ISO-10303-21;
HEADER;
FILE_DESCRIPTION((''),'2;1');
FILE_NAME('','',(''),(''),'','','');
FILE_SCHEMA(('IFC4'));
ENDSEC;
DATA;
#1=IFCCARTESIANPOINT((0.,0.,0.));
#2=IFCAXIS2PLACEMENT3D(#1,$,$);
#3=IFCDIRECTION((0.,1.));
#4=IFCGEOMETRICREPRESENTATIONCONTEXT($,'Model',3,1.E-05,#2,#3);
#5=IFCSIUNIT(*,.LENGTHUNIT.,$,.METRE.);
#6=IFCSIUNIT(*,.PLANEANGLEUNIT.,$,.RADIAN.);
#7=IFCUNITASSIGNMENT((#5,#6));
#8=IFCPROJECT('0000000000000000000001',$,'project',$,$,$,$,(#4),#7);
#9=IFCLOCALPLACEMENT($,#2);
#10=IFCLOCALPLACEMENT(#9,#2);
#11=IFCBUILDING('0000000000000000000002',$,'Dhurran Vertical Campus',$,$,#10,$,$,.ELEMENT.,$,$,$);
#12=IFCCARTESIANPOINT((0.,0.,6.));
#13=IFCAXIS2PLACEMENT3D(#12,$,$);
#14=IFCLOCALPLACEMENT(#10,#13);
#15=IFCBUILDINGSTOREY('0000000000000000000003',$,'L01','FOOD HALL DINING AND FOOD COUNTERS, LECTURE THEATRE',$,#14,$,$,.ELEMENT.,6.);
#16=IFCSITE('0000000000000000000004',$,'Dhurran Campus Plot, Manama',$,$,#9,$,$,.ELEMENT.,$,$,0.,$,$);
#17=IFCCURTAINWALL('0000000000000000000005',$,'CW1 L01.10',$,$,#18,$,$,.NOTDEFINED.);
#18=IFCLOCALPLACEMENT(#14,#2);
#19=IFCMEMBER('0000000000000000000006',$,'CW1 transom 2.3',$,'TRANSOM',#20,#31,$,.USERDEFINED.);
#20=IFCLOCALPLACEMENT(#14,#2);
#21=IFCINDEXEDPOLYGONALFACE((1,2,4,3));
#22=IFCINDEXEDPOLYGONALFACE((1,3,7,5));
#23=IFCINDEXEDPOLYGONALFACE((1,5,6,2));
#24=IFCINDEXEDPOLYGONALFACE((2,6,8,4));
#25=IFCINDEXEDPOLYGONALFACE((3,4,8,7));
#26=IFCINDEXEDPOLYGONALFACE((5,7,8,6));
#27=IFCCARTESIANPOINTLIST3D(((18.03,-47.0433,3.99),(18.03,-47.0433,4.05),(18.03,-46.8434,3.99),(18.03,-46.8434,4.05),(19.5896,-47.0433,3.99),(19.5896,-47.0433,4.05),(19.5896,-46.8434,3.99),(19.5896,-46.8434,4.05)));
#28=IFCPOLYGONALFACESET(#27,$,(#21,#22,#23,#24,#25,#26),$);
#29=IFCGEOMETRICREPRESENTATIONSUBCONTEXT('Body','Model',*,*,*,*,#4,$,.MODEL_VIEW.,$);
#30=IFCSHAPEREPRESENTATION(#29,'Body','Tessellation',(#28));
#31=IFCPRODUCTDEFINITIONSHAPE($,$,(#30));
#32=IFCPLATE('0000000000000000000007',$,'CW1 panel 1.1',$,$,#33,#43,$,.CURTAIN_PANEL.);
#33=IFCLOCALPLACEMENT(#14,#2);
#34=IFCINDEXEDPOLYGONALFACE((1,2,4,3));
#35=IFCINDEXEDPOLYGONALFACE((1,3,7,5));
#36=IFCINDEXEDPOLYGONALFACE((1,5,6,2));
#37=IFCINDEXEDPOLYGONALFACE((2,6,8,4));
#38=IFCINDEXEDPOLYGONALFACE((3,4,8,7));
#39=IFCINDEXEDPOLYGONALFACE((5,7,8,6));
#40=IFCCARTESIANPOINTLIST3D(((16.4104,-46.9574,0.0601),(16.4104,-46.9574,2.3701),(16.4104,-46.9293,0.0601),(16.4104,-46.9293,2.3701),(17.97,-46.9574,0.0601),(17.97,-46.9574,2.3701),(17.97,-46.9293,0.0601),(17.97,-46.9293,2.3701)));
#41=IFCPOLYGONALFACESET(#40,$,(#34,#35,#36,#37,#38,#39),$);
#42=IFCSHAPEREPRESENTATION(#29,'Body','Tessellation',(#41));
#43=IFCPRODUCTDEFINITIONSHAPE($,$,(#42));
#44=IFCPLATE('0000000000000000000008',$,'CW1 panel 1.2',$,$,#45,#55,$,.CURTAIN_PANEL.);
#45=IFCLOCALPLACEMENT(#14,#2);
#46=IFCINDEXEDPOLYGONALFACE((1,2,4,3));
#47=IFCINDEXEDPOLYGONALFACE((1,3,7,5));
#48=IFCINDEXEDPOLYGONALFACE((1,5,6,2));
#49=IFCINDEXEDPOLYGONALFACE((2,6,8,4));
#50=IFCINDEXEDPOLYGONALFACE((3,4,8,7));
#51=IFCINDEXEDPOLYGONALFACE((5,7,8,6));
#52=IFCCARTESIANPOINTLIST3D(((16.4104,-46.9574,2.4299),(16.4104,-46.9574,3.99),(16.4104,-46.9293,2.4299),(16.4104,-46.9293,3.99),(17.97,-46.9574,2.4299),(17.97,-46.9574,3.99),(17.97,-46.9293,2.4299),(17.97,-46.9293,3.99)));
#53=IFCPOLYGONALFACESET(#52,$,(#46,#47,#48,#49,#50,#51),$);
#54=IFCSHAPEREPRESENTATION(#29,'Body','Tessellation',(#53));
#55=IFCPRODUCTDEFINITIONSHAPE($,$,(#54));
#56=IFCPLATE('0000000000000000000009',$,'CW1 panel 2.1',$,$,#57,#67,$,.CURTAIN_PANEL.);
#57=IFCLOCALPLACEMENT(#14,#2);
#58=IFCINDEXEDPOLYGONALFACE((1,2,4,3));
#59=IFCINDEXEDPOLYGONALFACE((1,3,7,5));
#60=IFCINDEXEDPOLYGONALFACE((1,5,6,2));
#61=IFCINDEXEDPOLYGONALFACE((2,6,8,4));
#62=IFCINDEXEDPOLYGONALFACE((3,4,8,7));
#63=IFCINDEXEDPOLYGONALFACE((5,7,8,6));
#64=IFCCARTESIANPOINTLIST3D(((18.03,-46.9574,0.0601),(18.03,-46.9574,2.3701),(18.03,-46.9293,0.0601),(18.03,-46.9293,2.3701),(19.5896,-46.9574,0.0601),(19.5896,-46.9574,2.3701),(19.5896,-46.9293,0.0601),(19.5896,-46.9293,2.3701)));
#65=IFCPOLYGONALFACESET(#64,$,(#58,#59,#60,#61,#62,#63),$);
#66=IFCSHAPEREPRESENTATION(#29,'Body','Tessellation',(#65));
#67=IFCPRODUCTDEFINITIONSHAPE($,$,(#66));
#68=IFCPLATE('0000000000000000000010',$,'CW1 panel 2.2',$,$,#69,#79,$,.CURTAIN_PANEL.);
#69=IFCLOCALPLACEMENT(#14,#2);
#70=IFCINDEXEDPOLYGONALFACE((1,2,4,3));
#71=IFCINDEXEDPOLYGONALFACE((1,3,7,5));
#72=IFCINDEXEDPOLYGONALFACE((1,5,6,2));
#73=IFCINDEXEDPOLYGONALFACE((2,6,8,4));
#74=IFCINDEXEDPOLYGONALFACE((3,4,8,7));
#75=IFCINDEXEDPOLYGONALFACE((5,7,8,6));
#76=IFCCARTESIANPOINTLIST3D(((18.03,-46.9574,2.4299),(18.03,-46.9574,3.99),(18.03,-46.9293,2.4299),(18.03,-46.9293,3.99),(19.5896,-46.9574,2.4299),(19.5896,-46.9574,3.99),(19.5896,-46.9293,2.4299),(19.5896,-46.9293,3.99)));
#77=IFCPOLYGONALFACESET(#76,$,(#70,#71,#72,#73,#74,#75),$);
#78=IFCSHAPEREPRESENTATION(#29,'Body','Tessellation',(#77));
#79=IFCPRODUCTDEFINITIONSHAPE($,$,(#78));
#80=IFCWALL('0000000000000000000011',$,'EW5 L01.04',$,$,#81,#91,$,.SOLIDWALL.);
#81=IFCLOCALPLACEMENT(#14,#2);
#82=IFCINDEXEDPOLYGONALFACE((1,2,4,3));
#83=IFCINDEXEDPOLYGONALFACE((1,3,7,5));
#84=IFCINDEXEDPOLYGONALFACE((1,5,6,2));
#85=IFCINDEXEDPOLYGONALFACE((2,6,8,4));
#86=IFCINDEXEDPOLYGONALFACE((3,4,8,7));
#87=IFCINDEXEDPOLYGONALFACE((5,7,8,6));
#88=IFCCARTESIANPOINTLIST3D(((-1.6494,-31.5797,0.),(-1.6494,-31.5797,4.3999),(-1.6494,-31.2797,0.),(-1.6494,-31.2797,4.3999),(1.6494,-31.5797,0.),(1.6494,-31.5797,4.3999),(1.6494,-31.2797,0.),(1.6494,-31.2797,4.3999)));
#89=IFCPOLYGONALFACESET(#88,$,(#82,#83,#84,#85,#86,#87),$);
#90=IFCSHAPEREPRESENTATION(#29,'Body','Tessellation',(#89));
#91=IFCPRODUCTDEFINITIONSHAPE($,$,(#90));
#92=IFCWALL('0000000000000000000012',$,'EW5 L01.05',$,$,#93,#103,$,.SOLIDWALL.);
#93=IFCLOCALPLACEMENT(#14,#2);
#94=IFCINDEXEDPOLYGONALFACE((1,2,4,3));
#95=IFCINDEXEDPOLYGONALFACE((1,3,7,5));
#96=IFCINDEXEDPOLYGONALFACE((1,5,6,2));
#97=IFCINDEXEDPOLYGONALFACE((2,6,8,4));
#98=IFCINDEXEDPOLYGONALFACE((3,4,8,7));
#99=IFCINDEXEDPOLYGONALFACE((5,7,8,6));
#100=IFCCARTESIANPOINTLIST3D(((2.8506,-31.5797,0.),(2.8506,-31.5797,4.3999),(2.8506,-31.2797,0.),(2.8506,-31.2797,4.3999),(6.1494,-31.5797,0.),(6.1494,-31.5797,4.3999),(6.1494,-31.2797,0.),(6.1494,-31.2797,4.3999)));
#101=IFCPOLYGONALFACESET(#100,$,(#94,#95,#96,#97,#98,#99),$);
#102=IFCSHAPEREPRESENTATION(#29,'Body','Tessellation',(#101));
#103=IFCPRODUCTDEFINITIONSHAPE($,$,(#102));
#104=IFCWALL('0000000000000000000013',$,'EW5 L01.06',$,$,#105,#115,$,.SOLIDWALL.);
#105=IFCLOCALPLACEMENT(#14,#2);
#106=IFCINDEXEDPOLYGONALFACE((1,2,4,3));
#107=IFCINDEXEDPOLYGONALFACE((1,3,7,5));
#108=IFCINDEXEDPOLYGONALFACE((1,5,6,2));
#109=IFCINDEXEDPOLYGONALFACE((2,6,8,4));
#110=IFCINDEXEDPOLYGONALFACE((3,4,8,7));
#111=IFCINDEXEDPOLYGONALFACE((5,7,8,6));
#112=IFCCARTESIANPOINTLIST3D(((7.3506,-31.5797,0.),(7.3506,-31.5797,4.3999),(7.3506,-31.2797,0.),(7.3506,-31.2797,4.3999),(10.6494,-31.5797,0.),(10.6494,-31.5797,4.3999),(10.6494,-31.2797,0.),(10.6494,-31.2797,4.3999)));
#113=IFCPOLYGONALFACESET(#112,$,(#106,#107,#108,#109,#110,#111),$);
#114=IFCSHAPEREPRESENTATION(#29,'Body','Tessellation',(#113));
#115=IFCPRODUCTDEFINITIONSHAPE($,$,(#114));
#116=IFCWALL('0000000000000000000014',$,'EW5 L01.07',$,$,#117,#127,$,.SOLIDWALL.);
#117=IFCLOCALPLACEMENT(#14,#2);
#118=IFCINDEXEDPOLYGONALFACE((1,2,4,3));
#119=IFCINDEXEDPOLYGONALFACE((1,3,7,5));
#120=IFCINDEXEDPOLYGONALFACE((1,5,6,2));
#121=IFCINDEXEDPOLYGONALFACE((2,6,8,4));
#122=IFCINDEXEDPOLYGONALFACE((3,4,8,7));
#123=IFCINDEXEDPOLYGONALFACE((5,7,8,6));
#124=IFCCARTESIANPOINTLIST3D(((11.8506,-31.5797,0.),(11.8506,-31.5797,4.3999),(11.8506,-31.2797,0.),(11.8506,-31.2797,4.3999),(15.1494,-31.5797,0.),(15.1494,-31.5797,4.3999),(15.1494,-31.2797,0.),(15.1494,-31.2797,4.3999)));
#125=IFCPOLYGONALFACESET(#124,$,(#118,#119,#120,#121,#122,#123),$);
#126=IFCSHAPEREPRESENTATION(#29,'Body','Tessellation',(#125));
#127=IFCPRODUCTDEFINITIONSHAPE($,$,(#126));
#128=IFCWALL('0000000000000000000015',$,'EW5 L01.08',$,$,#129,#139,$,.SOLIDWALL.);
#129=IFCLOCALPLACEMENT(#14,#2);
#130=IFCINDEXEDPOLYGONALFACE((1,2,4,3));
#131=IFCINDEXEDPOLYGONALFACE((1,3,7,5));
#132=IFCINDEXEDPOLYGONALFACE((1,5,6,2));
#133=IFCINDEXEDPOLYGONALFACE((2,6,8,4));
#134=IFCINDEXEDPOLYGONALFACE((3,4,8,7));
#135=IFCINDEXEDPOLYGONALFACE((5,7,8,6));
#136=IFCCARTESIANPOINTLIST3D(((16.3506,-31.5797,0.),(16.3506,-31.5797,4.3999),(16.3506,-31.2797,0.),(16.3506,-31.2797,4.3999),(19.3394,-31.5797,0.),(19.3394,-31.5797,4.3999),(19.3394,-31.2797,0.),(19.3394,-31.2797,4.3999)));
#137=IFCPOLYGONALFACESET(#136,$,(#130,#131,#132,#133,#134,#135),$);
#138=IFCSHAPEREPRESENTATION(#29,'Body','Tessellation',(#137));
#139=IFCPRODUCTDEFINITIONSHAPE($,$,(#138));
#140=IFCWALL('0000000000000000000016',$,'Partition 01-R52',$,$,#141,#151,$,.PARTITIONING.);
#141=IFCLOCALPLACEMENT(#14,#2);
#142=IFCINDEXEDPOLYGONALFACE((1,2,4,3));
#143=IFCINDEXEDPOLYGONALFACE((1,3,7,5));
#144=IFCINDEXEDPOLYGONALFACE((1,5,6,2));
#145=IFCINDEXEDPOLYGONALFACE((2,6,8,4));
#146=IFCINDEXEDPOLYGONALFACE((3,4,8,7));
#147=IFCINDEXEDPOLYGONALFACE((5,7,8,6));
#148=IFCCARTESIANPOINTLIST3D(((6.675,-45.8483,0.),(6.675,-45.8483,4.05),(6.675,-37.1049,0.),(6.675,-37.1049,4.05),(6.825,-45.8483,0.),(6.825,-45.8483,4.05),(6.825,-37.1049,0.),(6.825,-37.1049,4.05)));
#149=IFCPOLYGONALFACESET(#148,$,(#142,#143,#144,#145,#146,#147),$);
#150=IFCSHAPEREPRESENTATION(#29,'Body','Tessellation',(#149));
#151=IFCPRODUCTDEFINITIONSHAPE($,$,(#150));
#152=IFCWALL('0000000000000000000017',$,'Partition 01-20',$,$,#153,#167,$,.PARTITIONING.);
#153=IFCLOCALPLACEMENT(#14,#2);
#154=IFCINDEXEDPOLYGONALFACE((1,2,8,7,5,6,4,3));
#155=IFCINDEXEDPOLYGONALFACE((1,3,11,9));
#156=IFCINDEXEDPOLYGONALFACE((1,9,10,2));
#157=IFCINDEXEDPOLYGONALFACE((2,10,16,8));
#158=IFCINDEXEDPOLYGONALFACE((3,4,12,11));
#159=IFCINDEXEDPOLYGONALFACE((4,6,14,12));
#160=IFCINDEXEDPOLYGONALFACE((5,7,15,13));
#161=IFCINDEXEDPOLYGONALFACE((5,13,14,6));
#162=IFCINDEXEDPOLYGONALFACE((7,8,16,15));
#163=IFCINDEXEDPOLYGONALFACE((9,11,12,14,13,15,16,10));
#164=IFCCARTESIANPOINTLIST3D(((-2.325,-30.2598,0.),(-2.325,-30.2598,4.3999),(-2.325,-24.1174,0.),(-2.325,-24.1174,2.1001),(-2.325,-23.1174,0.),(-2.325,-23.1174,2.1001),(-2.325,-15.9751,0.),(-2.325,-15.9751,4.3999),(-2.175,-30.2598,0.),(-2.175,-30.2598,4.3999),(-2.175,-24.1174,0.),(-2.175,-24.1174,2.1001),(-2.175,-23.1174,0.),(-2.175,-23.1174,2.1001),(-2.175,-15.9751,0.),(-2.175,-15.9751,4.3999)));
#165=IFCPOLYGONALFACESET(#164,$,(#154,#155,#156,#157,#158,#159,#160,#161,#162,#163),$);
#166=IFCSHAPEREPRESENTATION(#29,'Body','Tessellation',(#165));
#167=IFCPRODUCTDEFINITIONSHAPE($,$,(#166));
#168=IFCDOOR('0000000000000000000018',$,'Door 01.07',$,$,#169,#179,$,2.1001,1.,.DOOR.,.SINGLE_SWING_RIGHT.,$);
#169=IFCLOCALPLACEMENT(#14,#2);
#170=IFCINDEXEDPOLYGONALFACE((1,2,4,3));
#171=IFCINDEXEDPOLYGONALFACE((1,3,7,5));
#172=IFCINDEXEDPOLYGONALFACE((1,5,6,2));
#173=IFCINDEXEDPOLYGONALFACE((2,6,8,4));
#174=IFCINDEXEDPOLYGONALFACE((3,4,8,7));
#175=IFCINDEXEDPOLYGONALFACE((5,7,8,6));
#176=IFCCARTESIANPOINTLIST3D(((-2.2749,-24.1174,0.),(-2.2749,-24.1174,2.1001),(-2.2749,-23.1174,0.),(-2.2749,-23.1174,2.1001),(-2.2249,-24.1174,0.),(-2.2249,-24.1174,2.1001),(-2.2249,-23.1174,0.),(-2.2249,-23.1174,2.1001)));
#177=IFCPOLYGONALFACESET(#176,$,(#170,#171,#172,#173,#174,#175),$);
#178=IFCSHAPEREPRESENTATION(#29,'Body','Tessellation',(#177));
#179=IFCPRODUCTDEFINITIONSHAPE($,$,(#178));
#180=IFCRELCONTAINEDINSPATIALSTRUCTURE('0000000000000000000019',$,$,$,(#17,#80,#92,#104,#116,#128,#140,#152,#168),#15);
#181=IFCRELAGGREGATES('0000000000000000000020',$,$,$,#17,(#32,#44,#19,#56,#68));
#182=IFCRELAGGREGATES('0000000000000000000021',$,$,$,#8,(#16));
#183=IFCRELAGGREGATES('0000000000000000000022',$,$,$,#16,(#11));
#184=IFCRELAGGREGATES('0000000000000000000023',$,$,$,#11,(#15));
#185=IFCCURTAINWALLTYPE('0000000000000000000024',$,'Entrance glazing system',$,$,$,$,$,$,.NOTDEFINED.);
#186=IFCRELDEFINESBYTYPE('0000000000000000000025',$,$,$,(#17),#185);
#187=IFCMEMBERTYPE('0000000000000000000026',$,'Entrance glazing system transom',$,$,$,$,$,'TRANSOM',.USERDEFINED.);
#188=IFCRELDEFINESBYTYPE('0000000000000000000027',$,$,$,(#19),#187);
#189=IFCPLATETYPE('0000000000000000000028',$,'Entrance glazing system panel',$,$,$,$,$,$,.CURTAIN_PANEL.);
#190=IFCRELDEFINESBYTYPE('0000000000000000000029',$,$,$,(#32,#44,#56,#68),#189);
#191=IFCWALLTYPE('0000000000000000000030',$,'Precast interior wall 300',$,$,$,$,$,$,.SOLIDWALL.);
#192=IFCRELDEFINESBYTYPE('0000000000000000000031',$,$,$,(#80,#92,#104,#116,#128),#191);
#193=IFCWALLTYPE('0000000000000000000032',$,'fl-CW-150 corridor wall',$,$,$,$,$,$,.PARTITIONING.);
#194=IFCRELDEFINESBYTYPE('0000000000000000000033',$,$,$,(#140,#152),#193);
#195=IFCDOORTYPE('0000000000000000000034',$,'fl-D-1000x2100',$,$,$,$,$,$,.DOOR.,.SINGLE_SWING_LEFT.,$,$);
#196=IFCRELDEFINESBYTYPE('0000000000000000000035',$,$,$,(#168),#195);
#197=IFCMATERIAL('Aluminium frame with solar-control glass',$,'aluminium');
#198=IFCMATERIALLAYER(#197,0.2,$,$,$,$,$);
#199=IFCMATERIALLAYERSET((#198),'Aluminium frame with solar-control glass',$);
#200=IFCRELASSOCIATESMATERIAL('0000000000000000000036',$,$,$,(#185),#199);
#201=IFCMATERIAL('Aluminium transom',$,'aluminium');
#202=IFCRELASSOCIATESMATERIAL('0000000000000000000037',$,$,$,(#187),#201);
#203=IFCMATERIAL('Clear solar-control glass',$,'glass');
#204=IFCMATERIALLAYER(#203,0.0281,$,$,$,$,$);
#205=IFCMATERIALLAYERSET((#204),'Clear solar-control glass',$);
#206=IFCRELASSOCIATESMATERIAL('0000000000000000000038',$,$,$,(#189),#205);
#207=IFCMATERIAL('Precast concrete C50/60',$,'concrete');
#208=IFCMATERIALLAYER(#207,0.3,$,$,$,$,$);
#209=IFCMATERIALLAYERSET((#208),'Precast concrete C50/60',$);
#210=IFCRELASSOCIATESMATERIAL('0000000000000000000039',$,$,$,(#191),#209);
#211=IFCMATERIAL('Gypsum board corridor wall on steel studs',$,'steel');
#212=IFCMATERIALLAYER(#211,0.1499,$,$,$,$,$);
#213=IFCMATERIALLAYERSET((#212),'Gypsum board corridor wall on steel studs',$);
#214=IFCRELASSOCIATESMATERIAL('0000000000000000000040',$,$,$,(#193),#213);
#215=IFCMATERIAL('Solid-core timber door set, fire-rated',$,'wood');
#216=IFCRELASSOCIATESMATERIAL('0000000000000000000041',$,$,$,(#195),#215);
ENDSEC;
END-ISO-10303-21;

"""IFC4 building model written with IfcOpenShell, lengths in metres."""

from ifc_helpers import new_model, si_unit, direction, frame, frame_2d, origin, origin_2d, place, context, subcontext, project, spatial, rectangle, extrude, material, layer, layer_set, material_profile, profile_set, type_object, element, fill, aggregate, save


model = new_model("IFC4")

# Units and contexts
model_context = context("Model", 3, precision=1e-05, world=origin(), true_north=direction((0.0, 1.0)))
body_context = subcontext(model_context, "Body", "Model", "MODEL_VIEW")
ifc_project = project(units=[si_unit("LENGTHUNIT", "METRE"), si_unit("PLANEANGLEUNIT", "RADIAN")], contexts=[model_context])

# Site, building, storey
site_placement = place(None, origin())
site = spatial("IfcSite", under=ifc_project, at=site_placement, Name="Dhurran Campus Plot, Manama", CompositionType="ELEMENT", RefElevation=0.0)
building_placement = place(site_placement, origin())
building = spatial("IfcBuilding", under=site, at=building_placement, Name="Dhurran Vertical Campus", CompositionType="ELEMENT")
storey_placement = place(building_placement, frame((0.0, 0.0, 6.0)))
storey = spatial("IfcBuildingStorey", under=building, at=storey_placement, Name="L01", Description="FOOD HALL DINING AND FOOD COUNTERS, LECTURE THEATRE", CompositionType="ELEMENT", Elevation=6.0)

# Curtain wall, member, plates
ifc_material_1 = material(Name="Aluminium frame with solar-control glass", Category="aluminium")
ifc_layer_1 = layer(ifc_material_1, 0.2)
ifc_layer_set_1 = layer_set([ifc_layer_1], Name="Aluminium frame with solar-control glass")
curtain_wall_type = type_object("IfcCurtainWallType", Name="Entrance glazing system", PredefinedType="NOTDEFINED", material=ifc_layer_set_1)
curtain_wall_placement = place(storey_placement, origin())
curtain_wall = element("IfcCurtainWall", 1, at=curtain_wall_placement, inside=storey, type_object=curtain_wall_type, Name="CW1 L01.10", PredefinedType="NOTDEFINED")
ifc_material_2 = material(Name="Aluminium transom", Category="aluminium")
ifc_material_profile_1 = material_profile(ifc_material_2, rectangle(XDim=0.2, YDim=0.0601, at=origin_2d()), Name="Entrance glazing system transom")
ifc_profile_set_1 = profile_set([ifc_material_profile_1], Name="Aluminium transom")
member_type_1 = type_object("IfcMemberType", Name="Entrance glazing system transom", ElementType="TRANSOM", PredefinedType="USERDEFINED", material=ifc_profile_set_1)
member_1_placement = place(storey_placement, frame((18.03, -46.9434, 4.02), z_axis=(1.0, 0.0, 0.0), x_axis=(0.0, 1.0, 0.0)))
member_1 = element("IfcMember", 2, at=member_1_placement, type_object=member_type_1, Name="CW1 transom 2.3", ObjectType="TRANSOM", PredefinedType="USERDEFINED", context=body_context, shape_type="SweptSolid", body=[
    extrude(rectangle(XDim=0.2, YDim=0.0601, at=origin_2d()), origin(), (0.0, 0.0, 1.0), 1.5596),
])
ifc_material_3 = material(Name="Clear solar-control glass", Category="glass")
ifc_layer_2 = layer(ifc_material_3, 0.0281)
ifc_layer_set_2 = layer_set([ifc_layer_2], Name="Clear solar-control glass")
plate_type = type_object("IfcPlateType", Name="Entrance glazing system panel", PredefinedType="CURTAIN_PANEL", material=ifc_layer_set_2)
plate_1_placement = place(storey_placement, frame((17.1902, -46.9434, 0.0601), z_axis=(0.0, 0.0, 1.0), x_axis=(1.0, 0.0, 0.0)))
plate_1 = element("IfcPlate", 3, at=plate_1_placement, type_object=plate_type, Name="CW1 panel 1.1", PredefinedType="CURTAIN_PANEL", context=body_context, shape_type="SweptSolid", body=[
    extrude(rectangle(XDim=1.5596, YDim=0.0281, at=origin_2d()), origin(), (0.0, 0.0, 1.0), 2.3101),
])
plate_2_placement = place(storey_placement, frame((17.1902, -46.9434, 2.4299), z_axis=(0.0, 0.0, 1.0), x_axis=(1.0, 0.0, 0.0)))
plate_2 = element("IfcPlate", 4, at=plate_2_placement, type_object=plate_type, Name="CW1 panel 1.2", PredefinedType="CURTAIN_PANEL", context=body_context, shape_type="SweptSolid", body=[
    extrude(rectangle(XDim=1.5596, YDim=0.0281, at=origin_2d()), origin(), (0.0, 0.0, 1.0), 1.5601),
])
plate_3_placement = place(storey_placement, frame((18.8098, -46.9434, 0.0601), z_axis=(0.0, 0.0, 1.0), x_axis=(1.0, 0.0, 0.0)))
plate_3 = element("IfcPlate", 5, at=plate_3_placement, type_object=plate_type, Name="CW1 panel 2.1", PredefinedType="CURTAIN_PANEL", context=body_context, shape_type="SweptSolid", body=[
    extrude(rectangle(XDim=1.5596, YDim=0.0281, at=origin_2d()), origin(), (0.0, 0.0, 1.0), 2.3101),
])
plate_4_placement = place(storey_placement, frame((18.8098, -46.9434, 2.4299), z_axis=(0.0, 0.0, 1.0), x_axis=(1.0, 0.0, 0.0)))
plate_4 = element("IfcPlate", 6, at=plate_4_placement, type_object=plate_type, Name="CW1 panel 2.2", PredefinedType="CURTAIN_PANEL", context=body_context, shape_type="SweptSolid", body=[
    extrude(rectangle(XDim=1.5596, YDim=0.0281, at=origin_2d()), origin(), (0.0, 0.0, 1.0), 1.5601),
])
aggregate(curtain_wall, [plate_1, plate_2, member_1, plate_3, plate_4])

# Walls
ifc_material_4 = material(Name="Precast concrete C50/60", Category="concrete")
ifc_layer_3 = layer(ifc_material_4, 0.3)
ifc_layer_set_3 = layer_set([ifc_layer_3], Name="Precast concrete C50/60")
wall_type_1 = type_object("IfcWallType", Name="Precast interior wall 300", PredefinedType="SOLIDWALL", material=ifc_layer_set_3)
for number, where, z_axis, x_axis, name in (
    (7, (-1.6494, -31.4297, 0.0), (0.0, 0.0, 1.0), (1.0, 0.0, 0.0), "EW5 L01.04"),
    (8, (2.8506, -31.4297, 0.0), (0.0, 0.0, 1.0), (1.0, 0.0, 0.0), "EW5 L01.05"),
    (9, (7.3506, -31.4297, 0.0), (0.0, 0.0, 1.0), (1.0, 0.0, 0.0), "EW5 L01.06"),
    (10, (11.8506, -31.4297, 0.0), (0.0, 0.0, 1.0), (1.0, 0.0, 0.0), "EW5 L01.07"),
):
    element("IfcWall", number, at=place(storey_placement, frame(where, z_axis=z_axis, x_axis=x_axis)), inside=storey, type_object=wall_type_1, Name=name, PredefinedType="SOLIDWALL", context=body_context, shape_type="SweptSolid", body=[
        extrude(rectangle(XDim=3.2988, YDim=0.3, at=frame_2d((1.6494, 0.0))), origin(), (0.0, 0.0, 1.0), 4.3999),
    ])
wall_1_placement = place(storey_placement, frame((16.3506, -31.4297, 0.0), z_axis=(0.0, 0.0, 1.0), x_axis=(1.0, 0.0, 0.0)))
element("IfcWall", 11, at=wall_1_placement, inside=storey, type_object=wall_type_1, Name="EW5 L01.08", PredefinedType="SOLIDWALL", context=body_context, shape_type="SweptSolid", body=[
    extrude(rectangle(XDim=2.9888, YDim=0.3, at=frame_2d((1.4944, 0.0))), origin(), (0.0, 0.0, 1.0), 4.3999),
])
ifc_material_5 = material(Name="Gypsum board corridor wall on steel studs", Category="steel")
ifc_layer_4 = layer(ifc_material_5, 0.1499)
ifc_layer_set_4 = layer_set([ifc_layer_4], Name="Gypsum board corridor wall on steel studs")
wall_type_2 = type_object("IfcWallType", Name="fl-CW-150 corridor wall", PredefinedType="PARTITIONING", material=ifc_layer_set_4)
wall_2_placement = place(storey_placement, frame((6.75, -37.105, 0.0), z_axis=(0.0, 0.0, 1.0), x_axis=(0.0, -1.0, 0.0)))
element("IfcWall", 12, at=wall_2_placement, inside=storey, type_object=wall_type_2, Name="Partition 01-R52", PredefinedType="PARTITIONING", context=body_context, shape_type="SweptSolid", body=[
    extrude(rectangle(XDim=8.7434, YDim=0.1499, at=frame_2d((4.3716, 0.0))), origin(), (0.0, 0.0, 1.0), 4.05),
])

# Wall, opening, door
wall_3_placement = place(storey_placement, frame((-2.25, -30.2598, 0.0), z_axis=(0.0, 0.0, 1.0), x_axis=(0.0, 1.0, 0.0)))
wall_3 = element("IfcWall", 13, at=wall_3_placement, inside=storey, type_object=wall_type_2, Name="Partition 01-20", PredefinedType="PARTITIONING", context=body_context, shape_type="SweptSolid", body=[
    extrude(rectangle(XDim=14.2847, YDim=0.1499, at=frame_2d((7.1423, 0.0))), origin(), (0.0, 0.0, 1.0), 4.3999),
])
opening_1_placement = place(wall_3_placement, frame((6.1423, 0.0, 0.0)))
opening_1 = element("IfcOpeningElement", 14, at=opening_1_placement, cuts=wall_3, PredefinedType="OPENING", context=body_context, shape_type="SweptSolid", body=[
    extrude(rectangle(XDim=1.0, YDim=2.1001, at=frame_2d((0.5, 1.05))), frame((0.0, 0.085, 0.0), z_axis=(0.0, -1.0, 0.0), x_axis=(1.0, 0.0, 0.0)), (0.0, 0.0, 1.0), 0.1699),
])
ifc_material_6 = material(Name="Solid-core timber door set, fire-rated", Category="wood")
door_type = type_object("IfcDoorType", Name="fl-D-1000x2100", OperationType="SINGLE_SWING_LEFT", PredefinedType="DOOR", material=ifc_material_6)
door_1_placement = place(opening_1_placement, origin())
door_1 = element("IfcDoor", 15, at=door_1_placement, inside=storey, type_object=door_type, Name="Door 01.07", OperationType="SINGLE_SWING_RIGHT", OverallHeight=2.1001, OverallWidth=1.0, PredefinedType="DOOR", context=body_context, shape_type="SweptSolid", body=[
    extrude(rectangle(XDim=1.0, YDim=2.1001, at=frame_2d((0.5, 1.05))), frame((0.0, 0.0249, 0.0), z_axis=(0.0, -1.0, 0.0), x_axis=(1.0, 0.0, 0.0)), (0.0, 0.0, 1.0), 0.05),
])
fill(opening_1, door_1)

save(model, "model.ifc")
